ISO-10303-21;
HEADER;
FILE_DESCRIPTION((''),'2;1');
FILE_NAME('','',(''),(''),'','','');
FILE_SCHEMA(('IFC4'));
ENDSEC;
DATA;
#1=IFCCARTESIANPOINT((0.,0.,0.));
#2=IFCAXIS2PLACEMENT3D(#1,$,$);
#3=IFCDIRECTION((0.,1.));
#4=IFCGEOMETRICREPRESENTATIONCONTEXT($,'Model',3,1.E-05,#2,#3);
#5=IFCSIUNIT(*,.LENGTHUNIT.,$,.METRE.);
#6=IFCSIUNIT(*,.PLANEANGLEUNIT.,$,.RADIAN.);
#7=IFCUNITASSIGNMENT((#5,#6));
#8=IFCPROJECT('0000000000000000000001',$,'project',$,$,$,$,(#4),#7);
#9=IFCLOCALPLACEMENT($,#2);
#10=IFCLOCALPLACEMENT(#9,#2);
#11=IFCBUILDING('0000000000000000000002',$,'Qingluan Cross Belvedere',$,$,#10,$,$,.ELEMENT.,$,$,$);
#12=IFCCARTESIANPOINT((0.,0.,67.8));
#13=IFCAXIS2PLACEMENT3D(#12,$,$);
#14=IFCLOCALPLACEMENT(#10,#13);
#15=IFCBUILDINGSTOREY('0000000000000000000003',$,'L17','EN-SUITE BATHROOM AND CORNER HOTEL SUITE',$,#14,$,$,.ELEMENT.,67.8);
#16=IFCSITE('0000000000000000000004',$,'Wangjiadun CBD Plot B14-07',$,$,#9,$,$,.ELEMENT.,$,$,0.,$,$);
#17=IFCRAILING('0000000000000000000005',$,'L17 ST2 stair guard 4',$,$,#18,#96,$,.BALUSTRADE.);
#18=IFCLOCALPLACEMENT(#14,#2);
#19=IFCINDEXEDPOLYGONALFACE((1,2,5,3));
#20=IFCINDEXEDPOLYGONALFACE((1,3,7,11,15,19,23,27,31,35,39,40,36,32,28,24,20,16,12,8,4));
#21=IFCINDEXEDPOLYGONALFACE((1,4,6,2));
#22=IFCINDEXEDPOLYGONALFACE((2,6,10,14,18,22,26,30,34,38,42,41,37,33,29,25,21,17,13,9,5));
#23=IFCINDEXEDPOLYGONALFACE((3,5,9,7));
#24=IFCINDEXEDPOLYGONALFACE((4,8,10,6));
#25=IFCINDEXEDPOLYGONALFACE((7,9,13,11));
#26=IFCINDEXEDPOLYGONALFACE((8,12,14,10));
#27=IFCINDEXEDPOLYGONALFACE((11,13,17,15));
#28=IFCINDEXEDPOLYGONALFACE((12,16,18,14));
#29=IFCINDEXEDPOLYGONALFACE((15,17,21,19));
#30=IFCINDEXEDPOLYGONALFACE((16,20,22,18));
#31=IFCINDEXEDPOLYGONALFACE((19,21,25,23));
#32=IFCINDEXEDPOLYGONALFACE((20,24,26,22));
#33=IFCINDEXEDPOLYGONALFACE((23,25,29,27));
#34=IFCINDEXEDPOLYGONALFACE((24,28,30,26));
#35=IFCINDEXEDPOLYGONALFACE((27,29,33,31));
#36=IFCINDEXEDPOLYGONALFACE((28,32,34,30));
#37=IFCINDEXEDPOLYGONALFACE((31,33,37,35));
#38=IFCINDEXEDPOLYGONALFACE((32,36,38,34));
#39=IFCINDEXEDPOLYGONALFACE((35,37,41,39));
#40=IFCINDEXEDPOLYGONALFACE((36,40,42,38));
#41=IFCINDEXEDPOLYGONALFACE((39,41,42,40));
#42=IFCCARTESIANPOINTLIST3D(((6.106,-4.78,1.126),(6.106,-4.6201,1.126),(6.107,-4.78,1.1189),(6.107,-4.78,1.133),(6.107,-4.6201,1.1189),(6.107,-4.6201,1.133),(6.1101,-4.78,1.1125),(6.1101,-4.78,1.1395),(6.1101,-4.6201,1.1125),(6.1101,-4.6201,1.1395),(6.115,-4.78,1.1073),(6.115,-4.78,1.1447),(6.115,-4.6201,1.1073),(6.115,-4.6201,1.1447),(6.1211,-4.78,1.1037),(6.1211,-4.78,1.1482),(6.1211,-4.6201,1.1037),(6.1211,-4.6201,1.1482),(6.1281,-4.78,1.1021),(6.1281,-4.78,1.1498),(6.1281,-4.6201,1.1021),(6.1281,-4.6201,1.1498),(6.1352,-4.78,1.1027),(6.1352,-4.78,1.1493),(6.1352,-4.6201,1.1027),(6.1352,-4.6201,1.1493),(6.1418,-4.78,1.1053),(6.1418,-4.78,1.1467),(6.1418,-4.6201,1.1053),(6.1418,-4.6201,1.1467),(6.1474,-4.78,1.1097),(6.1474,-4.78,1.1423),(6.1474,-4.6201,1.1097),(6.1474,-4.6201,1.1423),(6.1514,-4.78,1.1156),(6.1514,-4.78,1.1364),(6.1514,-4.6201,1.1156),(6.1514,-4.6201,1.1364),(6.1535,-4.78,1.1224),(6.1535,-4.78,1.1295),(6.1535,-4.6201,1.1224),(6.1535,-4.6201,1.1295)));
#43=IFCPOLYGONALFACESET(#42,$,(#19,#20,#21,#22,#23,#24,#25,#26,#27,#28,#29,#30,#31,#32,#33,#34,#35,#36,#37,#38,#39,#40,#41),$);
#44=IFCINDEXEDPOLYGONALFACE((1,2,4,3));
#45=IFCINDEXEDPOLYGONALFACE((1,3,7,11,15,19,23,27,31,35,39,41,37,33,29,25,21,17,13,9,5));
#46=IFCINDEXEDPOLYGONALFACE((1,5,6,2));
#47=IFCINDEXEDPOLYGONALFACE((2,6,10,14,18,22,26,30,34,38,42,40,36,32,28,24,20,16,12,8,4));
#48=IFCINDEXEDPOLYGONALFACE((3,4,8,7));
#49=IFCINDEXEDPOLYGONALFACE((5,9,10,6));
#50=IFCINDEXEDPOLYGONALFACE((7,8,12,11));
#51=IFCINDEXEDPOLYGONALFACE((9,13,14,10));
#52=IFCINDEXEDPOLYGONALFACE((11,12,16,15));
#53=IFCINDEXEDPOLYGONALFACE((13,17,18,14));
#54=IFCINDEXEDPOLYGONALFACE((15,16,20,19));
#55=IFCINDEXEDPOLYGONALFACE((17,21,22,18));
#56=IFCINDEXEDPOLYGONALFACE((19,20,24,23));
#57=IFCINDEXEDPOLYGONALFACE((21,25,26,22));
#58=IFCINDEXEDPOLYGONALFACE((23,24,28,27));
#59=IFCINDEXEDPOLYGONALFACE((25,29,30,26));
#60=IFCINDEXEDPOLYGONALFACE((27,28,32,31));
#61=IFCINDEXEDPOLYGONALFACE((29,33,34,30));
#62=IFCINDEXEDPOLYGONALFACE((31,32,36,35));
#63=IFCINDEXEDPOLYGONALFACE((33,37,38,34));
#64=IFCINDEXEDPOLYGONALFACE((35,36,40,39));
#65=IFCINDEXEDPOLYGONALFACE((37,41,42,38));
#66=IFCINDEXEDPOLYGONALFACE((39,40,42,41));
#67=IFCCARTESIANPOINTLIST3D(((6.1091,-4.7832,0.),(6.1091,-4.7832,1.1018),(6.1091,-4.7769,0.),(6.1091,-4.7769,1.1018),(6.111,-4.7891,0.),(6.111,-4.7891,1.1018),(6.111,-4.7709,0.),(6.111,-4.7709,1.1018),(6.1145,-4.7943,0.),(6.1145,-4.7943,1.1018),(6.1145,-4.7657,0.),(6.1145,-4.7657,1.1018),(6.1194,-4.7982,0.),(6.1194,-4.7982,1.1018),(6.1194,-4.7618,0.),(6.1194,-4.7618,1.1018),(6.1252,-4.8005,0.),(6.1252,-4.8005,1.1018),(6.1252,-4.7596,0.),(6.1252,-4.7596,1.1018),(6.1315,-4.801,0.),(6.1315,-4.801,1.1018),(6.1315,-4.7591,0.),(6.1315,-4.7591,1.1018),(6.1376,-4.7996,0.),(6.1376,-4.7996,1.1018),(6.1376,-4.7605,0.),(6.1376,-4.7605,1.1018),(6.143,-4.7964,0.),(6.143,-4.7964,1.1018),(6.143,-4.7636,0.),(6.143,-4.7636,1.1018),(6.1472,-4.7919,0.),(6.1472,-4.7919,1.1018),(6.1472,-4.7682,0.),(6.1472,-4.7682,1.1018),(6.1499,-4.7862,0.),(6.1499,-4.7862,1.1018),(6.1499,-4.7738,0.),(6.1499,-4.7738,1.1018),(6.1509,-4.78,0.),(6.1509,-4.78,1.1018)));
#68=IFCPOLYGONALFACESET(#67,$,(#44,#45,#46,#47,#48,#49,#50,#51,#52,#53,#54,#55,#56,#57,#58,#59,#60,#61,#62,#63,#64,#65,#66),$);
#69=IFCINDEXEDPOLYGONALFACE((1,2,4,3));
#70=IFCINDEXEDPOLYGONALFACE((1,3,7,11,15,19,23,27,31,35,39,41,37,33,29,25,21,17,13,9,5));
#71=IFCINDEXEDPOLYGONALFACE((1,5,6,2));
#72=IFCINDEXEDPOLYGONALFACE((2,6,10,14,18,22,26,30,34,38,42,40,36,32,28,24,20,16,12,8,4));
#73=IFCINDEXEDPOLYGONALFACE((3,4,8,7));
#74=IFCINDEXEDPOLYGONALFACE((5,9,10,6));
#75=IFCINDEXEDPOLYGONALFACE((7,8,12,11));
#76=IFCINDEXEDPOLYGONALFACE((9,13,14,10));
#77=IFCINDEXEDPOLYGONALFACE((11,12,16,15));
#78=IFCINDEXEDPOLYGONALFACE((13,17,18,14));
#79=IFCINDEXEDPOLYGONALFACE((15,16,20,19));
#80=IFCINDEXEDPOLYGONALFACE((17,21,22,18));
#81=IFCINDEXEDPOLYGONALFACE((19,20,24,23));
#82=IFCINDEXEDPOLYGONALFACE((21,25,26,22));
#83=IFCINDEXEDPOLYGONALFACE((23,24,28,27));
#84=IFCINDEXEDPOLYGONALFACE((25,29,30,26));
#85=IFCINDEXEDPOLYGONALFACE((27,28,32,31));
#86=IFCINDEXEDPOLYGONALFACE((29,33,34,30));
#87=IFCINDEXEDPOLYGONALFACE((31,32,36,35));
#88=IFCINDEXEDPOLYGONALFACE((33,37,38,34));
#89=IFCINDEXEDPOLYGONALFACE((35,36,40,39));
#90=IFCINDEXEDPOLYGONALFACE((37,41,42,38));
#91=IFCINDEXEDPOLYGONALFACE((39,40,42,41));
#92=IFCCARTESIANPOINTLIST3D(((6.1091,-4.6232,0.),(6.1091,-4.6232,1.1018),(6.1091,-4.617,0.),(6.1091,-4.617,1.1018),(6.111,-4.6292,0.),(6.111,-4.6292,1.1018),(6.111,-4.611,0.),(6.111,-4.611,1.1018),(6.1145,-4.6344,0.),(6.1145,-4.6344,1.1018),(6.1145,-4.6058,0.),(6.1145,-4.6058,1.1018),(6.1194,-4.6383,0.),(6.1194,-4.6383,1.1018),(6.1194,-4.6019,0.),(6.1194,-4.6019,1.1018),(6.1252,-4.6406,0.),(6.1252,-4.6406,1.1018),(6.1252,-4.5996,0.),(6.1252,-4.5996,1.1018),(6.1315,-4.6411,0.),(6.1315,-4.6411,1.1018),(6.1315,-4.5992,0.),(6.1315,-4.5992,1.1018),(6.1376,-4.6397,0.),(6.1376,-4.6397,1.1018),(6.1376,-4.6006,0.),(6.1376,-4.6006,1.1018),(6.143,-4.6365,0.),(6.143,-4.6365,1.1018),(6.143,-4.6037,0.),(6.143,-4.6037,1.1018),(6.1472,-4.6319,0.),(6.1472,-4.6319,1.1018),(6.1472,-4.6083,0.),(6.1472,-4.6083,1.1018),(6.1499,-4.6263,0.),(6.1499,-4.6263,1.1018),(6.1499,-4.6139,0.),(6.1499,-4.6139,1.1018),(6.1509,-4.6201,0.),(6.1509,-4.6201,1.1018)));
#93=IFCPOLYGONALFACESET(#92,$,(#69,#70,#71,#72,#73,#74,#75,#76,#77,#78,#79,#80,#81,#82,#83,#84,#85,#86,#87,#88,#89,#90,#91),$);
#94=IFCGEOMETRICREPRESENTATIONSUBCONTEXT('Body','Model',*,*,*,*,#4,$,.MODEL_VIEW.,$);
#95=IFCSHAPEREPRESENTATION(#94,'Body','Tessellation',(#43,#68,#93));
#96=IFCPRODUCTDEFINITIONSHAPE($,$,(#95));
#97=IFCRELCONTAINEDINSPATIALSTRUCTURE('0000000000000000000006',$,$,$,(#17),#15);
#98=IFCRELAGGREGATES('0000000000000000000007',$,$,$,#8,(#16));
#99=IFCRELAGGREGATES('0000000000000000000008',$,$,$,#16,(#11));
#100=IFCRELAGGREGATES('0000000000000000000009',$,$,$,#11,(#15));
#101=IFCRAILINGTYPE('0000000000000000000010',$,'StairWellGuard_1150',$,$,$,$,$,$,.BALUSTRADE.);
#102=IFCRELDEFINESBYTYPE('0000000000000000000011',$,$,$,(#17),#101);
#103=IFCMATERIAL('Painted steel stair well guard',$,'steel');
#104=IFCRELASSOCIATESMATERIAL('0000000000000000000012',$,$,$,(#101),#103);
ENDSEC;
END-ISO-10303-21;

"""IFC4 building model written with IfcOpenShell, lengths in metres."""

from ifc_helpers import new_model, si_unit, direction, frame, origin, origin_2d, place, context, subcontext, project, spatial, circle, extrude, material, type_object, element, save


model = new_model("IFC4")

# Units and contexts
model_context = context("Model", 3, precision=1e-05, world=origin(), true_north=direction((0.0, 1.0)))
body_context = subcontext(model_context, "Body", "Model", "MODEL_VIEW")
ifc_project = project(units=[si_unit("LENGTHUNIT", "METRE"), si_unit("PLANEANGLEUNIT", "RADIAN")], contexts=[model_context])

# Site, building, storey
site_placement = place(None, origin())
site = spatial("IfcSite", under=ifc_project, at=site_placement, Name="Wangjiadun CBD Plot B14-07", CompositionType="ELEMENT", RefElevation=0.0)
building_placement = place(site_placement, origin())
building = spatial("IfcBuilding", under=site, at=building_placement, Name="Qingluan Cross Belvedere", CompositionType="ELEMENT")
storey_placement = place(building_placement, frame((0.0, 0.0, 67.8)))
storey = spatial("IfcBuildingStorey", under=building, at=storey_placement, Name="L17", Description="EN-SUITE BATHROOM AND CORNER HOTEL SUITE", CompositionType="ELEMENT", Elevation=67.8)

# Railing
ifc_material_1 = material(Name="Painted steel stair well guard", Category="steel")
railing_type_1 = type_object("IfcRailingType", Name="StairWellGuard_1150", PredefinedType="BALUSTRADE", material=ifc_material_1)
railing_1_placement = place(storey_placement, frame((6.1299, -4.78, 0.0)))
element("IfcRailing", 1, at=railing_1_placement, inside=storey, type_object=railing_type_1, Name="L17 ST2 stair guard 4", PredefinedType="BALUSTRADE", context=body_context, shape_type="SweptSolid", body=[
    extrude(circle(Radius=0.0239, at=origin_2d()), frame((0.0, 0.0, 1.126), z_axis=(0.0, 1.0, 0.0), x_axis=(-1.0, 0.0, 0.0)), (0.0, 0.0, 1.0), 0.1599),
    extrude(circle(Radius=0.021, at=origin_2d()), origin(), (0.0, 0.0, 1.0), 1.1018),
    extrude(circle(Radius=0.021, at=origin_2d()), frame((0.0, 0.1599, 0.0)), (0.0, 0.0, 1.0), 1.1018),
])

save(model, "model.ifc")
